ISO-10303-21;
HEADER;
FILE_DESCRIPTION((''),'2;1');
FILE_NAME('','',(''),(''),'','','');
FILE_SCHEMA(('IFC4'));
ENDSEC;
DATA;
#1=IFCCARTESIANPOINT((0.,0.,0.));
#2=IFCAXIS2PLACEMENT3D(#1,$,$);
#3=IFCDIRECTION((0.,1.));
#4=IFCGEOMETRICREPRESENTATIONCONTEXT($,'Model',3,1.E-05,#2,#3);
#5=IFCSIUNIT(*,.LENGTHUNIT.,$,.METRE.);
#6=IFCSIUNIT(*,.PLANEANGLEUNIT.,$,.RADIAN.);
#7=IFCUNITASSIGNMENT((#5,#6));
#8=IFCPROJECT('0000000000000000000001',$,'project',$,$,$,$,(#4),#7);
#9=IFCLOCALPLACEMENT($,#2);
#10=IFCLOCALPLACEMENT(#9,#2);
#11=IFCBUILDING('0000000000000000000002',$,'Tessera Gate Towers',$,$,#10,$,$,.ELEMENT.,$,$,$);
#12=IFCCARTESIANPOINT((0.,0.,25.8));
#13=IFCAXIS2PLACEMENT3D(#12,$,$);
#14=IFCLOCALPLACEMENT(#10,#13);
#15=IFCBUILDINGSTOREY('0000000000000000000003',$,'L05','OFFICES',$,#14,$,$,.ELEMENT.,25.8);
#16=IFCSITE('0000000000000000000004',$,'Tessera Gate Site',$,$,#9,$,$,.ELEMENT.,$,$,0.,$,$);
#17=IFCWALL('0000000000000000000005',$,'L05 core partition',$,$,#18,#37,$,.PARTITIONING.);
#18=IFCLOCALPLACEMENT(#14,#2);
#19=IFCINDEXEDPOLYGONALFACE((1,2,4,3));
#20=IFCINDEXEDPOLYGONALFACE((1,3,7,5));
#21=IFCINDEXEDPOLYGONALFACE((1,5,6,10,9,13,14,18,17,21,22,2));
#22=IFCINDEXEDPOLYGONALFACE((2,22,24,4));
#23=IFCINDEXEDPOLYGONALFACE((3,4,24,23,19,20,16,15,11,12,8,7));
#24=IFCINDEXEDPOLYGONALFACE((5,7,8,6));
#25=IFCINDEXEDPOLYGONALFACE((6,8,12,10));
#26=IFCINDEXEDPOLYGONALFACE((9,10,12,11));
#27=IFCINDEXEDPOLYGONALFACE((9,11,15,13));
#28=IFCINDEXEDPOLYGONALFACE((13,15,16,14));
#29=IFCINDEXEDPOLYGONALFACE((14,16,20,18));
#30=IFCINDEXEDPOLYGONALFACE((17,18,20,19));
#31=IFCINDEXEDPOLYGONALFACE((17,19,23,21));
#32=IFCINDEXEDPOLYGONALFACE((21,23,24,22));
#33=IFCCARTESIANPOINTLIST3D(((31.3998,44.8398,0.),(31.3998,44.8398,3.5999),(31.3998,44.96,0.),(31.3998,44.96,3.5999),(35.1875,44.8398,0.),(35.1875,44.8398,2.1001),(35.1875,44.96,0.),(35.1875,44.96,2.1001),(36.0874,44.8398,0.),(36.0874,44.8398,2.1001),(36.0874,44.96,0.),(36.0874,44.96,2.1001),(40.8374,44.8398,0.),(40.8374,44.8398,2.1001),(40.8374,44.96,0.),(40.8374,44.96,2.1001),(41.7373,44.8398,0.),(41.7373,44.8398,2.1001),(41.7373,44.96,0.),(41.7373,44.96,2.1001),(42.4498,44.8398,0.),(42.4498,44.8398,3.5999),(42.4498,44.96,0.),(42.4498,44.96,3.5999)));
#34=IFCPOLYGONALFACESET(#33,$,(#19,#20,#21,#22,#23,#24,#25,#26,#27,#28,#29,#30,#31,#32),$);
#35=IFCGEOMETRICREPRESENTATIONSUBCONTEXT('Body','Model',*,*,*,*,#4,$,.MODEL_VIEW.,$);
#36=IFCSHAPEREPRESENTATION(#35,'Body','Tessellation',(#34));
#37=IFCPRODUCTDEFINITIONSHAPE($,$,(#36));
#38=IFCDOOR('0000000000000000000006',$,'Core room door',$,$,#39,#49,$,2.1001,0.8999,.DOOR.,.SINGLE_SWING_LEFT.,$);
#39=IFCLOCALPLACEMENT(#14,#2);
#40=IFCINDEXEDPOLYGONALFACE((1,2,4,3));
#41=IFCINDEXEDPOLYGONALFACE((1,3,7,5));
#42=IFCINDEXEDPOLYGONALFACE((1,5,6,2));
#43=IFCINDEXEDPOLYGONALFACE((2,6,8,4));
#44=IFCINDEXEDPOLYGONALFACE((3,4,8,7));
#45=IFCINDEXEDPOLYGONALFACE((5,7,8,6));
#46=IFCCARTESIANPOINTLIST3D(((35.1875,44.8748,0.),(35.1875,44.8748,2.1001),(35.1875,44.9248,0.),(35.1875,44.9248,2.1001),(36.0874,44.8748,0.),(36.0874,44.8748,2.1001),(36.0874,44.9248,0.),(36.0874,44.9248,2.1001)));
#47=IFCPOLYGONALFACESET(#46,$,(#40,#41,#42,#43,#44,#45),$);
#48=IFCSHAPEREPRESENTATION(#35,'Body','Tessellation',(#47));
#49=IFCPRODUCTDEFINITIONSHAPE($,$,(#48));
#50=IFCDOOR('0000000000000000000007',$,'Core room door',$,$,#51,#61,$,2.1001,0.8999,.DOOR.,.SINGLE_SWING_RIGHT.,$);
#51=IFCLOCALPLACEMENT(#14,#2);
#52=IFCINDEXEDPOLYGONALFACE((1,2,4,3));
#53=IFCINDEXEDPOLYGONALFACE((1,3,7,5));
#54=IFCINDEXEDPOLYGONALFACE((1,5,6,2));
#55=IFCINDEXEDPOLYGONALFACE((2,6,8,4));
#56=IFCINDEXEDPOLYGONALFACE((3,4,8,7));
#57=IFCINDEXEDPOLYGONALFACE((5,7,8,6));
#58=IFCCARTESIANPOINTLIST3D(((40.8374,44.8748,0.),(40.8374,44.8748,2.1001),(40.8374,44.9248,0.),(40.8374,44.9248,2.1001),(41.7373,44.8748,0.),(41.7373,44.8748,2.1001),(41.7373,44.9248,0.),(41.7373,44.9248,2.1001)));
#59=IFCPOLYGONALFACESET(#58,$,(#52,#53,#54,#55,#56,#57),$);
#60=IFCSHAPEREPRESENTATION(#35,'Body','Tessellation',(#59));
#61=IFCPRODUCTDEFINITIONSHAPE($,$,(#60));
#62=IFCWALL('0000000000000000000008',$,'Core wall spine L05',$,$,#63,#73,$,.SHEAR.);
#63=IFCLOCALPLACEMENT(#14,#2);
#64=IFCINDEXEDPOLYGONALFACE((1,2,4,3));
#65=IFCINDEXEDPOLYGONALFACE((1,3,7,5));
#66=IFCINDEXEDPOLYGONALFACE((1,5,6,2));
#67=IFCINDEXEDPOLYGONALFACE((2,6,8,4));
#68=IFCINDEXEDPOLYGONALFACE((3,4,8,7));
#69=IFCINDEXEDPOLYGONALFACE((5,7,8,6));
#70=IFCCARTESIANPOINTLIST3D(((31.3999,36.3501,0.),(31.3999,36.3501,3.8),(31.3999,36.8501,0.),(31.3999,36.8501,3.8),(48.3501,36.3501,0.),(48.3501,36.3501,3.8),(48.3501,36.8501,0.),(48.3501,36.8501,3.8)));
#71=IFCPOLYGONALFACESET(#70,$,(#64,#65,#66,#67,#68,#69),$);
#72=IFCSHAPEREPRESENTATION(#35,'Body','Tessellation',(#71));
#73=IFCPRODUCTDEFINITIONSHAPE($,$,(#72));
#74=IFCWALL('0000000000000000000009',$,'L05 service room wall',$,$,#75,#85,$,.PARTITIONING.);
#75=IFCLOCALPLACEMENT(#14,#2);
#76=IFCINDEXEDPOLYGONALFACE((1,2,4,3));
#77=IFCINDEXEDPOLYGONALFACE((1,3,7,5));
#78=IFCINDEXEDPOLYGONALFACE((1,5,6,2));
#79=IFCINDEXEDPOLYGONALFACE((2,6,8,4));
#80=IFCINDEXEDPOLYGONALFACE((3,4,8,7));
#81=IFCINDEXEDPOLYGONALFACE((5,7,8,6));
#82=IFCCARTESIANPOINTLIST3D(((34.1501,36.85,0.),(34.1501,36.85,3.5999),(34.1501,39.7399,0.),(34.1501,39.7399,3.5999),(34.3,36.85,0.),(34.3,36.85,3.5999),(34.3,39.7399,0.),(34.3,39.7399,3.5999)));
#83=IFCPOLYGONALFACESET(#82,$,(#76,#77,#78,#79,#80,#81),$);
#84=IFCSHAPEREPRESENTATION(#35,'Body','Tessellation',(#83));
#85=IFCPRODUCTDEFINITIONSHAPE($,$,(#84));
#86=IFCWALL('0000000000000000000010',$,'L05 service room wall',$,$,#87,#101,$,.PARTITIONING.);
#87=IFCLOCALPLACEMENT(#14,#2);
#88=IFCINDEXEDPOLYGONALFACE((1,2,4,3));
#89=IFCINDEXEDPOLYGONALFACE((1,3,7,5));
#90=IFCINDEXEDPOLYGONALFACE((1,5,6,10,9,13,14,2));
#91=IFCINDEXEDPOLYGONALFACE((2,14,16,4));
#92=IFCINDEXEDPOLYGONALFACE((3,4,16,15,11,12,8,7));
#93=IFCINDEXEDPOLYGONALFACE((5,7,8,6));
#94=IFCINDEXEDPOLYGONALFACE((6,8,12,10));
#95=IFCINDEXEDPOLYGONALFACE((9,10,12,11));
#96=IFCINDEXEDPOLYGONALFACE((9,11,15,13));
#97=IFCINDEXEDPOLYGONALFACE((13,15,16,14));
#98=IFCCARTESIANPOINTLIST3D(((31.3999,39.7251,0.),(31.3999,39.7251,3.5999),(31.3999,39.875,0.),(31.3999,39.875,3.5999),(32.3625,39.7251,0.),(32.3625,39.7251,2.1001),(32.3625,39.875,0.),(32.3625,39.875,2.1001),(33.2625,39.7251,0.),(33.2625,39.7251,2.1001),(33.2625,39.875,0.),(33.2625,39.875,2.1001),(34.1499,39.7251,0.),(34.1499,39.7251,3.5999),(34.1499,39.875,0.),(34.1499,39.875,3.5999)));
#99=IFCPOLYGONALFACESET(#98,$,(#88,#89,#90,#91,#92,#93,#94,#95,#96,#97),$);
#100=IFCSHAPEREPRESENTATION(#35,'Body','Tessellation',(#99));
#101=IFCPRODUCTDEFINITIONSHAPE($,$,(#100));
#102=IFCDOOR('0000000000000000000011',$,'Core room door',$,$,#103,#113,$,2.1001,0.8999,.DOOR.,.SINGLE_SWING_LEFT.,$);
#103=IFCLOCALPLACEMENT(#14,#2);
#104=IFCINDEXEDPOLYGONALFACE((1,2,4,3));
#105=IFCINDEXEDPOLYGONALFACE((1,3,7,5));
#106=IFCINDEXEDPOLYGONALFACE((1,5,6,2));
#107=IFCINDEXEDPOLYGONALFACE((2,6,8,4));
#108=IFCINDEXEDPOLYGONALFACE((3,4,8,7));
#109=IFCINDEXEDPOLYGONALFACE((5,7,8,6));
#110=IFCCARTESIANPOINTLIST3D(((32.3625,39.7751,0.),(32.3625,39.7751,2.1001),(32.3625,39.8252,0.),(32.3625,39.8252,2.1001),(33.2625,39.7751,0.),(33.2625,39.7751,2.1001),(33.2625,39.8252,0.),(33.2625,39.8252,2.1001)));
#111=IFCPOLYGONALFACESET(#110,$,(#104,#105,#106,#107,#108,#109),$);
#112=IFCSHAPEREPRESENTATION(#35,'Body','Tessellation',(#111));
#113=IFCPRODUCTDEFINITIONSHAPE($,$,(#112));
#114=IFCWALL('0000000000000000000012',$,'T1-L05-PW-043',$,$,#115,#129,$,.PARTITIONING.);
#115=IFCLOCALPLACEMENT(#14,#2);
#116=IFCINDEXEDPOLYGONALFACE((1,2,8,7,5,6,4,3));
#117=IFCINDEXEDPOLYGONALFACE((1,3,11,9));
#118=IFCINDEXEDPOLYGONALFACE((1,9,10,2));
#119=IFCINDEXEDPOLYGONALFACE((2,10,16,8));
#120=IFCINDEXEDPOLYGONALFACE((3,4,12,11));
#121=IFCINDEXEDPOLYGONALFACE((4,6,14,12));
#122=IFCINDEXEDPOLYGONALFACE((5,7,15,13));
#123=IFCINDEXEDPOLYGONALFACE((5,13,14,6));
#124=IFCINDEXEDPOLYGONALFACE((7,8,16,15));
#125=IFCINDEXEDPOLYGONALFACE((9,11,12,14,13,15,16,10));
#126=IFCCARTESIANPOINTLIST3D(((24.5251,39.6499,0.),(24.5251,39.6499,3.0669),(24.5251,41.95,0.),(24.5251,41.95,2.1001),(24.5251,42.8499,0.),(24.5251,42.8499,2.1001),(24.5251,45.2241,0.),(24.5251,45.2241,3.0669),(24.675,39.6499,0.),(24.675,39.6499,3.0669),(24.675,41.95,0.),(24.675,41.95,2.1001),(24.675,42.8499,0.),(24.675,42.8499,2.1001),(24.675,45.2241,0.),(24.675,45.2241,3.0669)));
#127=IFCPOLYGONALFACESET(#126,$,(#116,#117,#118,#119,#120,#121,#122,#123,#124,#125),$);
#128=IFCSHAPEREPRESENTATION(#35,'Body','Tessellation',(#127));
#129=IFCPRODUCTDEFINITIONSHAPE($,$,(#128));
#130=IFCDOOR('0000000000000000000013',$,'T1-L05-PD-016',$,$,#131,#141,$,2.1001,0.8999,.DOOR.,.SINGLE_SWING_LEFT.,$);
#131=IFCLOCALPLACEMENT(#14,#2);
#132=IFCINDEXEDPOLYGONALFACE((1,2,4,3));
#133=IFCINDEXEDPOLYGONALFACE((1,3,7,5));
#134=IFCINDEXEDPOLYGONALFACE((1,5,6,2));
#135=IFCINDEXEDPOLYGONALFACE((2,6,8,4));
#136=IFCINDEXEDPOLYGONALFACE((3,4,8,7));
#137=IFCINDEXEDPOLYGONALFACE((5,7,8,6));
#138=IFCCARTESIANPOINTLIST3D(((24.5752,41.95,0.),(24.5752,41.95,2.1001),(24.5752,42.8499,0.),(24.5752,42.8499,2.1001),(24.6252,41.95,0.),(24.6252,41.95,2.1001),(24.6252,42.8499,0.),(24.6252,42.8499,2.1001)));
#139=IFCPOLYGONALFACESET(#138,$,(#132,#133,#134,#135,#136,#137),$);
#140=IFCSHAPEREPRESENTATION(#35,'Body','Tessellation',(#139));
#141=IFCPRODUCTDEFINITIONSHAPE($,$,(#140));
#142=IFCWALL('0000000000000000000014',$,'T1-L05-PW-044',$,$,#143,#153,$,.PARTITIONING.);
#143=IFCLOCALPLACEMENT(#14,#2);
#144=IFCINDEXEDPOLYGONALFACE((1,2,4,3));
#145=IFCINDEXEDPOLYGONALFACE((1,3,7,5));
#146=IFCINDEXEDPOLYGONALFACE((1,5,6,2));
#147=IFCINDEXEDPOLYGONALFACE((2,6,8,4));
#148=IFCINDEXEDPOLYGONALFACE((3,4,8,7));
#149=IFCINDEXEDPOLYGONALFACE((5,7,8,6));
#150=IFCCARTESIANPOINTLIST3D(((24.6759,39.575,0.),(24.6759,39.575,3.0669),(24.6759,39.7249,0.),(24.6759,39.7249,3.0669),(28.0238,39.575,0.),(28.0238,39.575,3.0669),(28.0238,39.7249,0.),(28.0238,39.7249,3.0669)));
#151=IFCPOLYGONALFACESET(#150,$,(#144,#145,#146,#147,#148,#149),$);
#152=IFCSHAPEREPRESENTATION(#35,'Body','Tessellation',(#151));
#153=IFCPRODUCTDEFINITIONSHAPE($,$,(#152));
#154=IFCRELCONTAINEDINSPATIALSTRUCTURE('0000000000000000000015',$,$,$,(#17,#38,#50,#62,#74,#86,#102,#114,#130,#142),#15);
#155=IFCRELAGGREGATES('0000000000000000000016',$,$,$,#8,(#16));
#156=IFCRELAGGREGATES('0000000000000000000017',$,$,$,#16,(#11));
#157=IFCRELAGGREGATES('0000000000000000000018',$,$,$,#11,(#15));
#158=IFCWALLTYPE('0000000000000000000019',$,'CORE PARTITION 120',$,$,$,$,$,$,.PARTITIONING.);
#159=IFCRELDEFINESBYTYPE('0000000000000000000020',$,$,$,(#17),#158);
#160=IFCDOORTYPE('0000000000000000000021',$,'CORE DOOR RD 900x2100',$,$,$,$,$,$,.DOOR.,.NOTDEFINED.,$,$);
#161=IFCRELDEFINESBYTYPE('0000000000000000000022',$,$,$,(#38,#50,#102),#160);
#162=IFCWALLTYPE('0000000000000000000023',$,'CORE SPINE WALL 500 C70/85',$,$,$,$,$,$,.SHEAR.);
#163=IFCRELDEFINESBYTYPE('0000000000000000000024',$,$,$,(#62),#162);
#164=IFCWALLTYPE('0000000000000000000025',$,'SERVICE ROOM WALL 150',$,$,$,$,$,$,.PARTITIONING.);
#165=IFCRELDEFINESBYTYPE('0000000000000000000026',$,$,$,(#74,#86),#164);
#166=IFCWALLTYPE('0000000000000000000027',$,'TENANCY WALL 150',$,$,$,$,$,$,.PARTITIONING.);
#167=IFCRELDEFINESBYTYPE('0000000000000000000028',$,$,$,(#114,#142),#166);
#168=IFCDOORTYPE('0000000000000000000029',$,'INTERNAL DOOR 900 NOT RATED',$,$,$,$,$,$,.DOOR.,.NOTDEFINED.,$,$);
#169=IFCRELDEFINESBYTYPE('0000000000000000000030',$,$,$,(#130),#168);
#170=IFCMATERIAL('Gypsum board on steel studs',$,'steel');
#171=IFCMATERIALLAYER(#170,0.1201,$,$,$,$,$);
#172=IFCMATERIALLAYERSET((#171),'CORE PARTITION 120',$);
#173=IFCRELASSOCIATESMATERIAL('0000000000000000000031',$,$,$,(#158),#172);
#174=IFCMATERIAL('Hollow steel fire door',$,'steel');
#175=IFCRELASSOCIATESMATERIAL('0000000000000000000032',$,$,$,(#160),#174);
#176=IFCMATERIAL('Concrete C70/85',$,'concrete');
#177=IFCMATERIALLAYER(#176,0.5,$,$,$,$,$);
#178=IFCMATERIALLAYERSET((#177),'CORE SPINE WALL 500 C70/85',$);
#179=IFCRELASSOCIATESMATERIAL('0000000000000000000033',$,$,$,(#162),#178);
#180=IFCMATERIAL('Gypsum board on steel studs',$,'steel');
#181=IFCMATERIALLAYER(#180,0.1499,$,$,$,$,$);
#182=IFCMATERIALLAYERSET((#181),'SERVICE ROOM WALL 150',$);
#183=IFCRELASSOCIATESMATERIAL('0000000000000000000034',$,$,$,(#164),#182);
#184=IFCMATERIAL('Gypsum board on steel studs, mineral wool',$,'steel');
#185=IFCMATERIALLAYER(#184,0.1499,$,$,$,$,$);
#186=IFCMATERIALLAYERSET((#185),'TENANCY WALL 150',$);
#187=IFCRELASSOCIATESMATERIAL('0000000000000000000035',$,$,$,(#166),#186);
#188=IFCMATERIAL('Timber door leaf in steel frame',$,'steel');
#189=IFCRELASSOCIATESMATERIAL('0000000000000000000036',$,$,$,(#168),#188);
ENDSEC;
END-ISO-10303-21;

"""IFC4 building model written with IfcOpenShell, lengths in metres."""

from ifc_helpers import new_model, si_unit, direction, frame, frame_2d, origin, place, context, subcontext, project, spatial, rectangle, extrude, source, transform, mapped, material, layer, layer_set, type_object, element, fill, save


model = new_model("IFC4")

# Units and contexts
model_context = context("Model", 3, precision=1e-05, world=origin(), true_north=direction((0.0, 1.0)))
body_context = subcontext(model_context, "Body", "Model", "MODEL_VIEW")
ifc_project = project(units=[si_unit("LENGTHUNIT", "METRE"), si_unit("PLANEANGLEUNIT", "RADIAN")], contexts=[model_context])

# Site, building, storey
site_placement = place(None, origin())
site = spatial("IfcSite", under=ifc_project, at=site_placement, Name="Tessera Gate Site", CompositionType="ELEMENT", RefElevation=0.0)
building_placement = place(site_placement, origin())
building = spatial("IfcBuilding", under=site, at=building_placement, Name="Tessera Gate Towers", CompositionType="ELEMENT")
storey_placement = place(building_placement, frame((0.0, 0.0, 25.8)))
storey = spatial("IfcBuildingStorey", under=building, at=storey_placement, Name="L05", Description="OFFICES", CompositionType="ELEMENT", Elevation=25.8)

# Wall, openings, doors
ifc_material_1 = material(Name="Gypsum board on steel studs", Category="steel")
ifc_layer_1 = layer(ifc_material_1, 0.1201)
ifc_layer_set_1 = layer_set([ifc_layer_1], Name="CORE PARTITION 120")
wall_type_1 = type_object("IfcWallType", Name="CORE PARTITION 120", PredefinedType="PARTITIONING", material=ifc_layer_set_1)
wall_1_placement = place(storey_placement, frame((31.3999, 44.8999, 0.0), z_axis=(0.0, 0.0, 1.0), x_axis=(1.0, 0.0, 0.0)))
wall_1 = element("IfcWall", 1, at=wall_1_placement, inside=storey, type_object=wall_type_1, Name="L05 core partition", PredefinedType="PARTITIONING", context=body_context, shape_type="SweptSolid", body=[
    extrude(rectangle(XDim=11.05, YDim=0.1201, at=frame_2d((5.5249, 0.0))), origin(), (0.0, 0.0, 1.0), 3.5999),
])
shared_shape_1 = source(origin(), body_context, "Body", "SweptSolid", [
    extrude(rectangle(XDim=0.8999, YDim=2.1001, at=frame_2d((0.45, 1.05))), frame((0.0, 0.0701, 0.0), z_axis=(0.0, -1.0, 0.0), x_axis=(1.0, 0.0, 0.0)), (0.0, 0.0, 1.0), 0.1401),
])
opening_1_placement = place(wall_1_placement, frame((3.7876, 0.0, 0.0)))
opening_1 = element("IfcOpeningElement", 2, at=opening_1_placement, cuts=wall_1, PredefinedType="OPENING", context=body_context, shape_type="MappedRepresentation", body=[
    mapped(shared_shape_1, transform((0.0, 0.0, 0.0), scale=1.0)),
])
opening_2_placement = place(wall_1_placement, frame((9.4375, 0.0, 0.0)))
opening_2 = element("IfcOpeningElement", 3, at=opening_2_placement, cuts=wall_1, PredefinedType="OPENING", context=body_context, shape_type="MappedRepresentation", body=[
    mapped(shared_shape_1, transform((0.0, 0.0, 0.0), scale=1.0)),
])
ifc_material_2 = material(Name="Hollow steel fire door", Category="steel")
door_type_1 = type_object("IfcDoorType", Name="CORE DOOR RD 900x2100", OperationType="NOTDEFINED", PredefinedType="DOOR", material=ifc_material_2)
shared_shape_2 = source(origin(), body_context, "Body", "SweptSolid", [
    extrude(rectangle(XDim=0.8999, YDim=2.1001, at=frame_2d((0.45, 1.05))), frame((0.0, 0.0249, 0.0), z_axis=(0.0, -1.0, 0.0), x_axis=(1.0, 0.0, 0.0)), (0.0, 0.0, 1.0), 0.05),
])
door_1_placement = place(opening_1_placement, origin())
door_1 = element("IfcDoor", 4, at=door_1_placement, inside=storey, type_object=door_type_1, Name="Core room door", OperationType="SINGLE_SWING_LEFT", OverallHeight=2.1001, OverallWidth=0.8999, PredefinedType="DOOR", context=body_context, shape_type="MappedRepresentation", body=[
    mapped(shared_shape_2, transform((0.0, 0.0, 0.0), scale=1.0)),
])
fill(opening_1, door_1)
door_2_placement = place(opening_2_placement, origin())
door_2 = element("IfcDoor", 5, at=door_2_placement, inside=storey, type_object=door_type_1, Name="Core room door", OperationType="SINGLE_SWING_RIGHT", OverallHeight=2.1001, OverallWidth=0.8999, PredefinedType="DOOR", context=body_context, shape_type="MappedRepresentation", body=[
    mapped(shared_shape_2, transform((0.0, 0.0, 0.0), scale=1.0)),
])
fill(opening_2, door_2)

# Walls
ifc_material_3 = material(Name="Concrete C70/85", Category="concrete")
ifc_layer_2 = layer(ifc_material_3, 0.5)
ifc_layer_set_2 = layer_set([ifc_layer_2], Name="CORE SPINE WALL 500 C70/85")
wall_type_2 = type_object("IfcWallType", Name="CORE SPINE WALL 500 C70/85", PredefinedType="SHEAR", material=ifc_layer_set_2)
wall_2_placement = place(storey_placement, frame((31.3999, 36.6001, 0.0), z_axis=(0.0, 0.0, 1.0), x_axis=(1.0, 0.0, 0.0)))
element("IfcWall", 6, at=wall_2_placement, inside=storey, type_object=wall_type_2, Name="Core wall spine L05", PredefinedType="SHEAR", context=body_context, shape_type="SweptSolid", body=[
    extrude(rectangle(XDim=16.9502, YDim=0.5, at=frame_2d((8.4751, 0.0))), origin(), (0.0, 0.0, 1.0), 3.8),
])
ifc_material_4 = material(Name="Gypsum board on steel studs", Category="steel")
ifc_layer_3 = layer(ifc_material_4, 0.1499)
ifc_layer_set_3 = layer_set([ifc_layer_3], Name="SERVICE ROOM WALL 150")
wall_type_3 = type_object("IfcWallType", Name="SERVICE ROOM WALL 150", PredefinedType="PARTITIONING", material=ifc_layer_set_3)
wall_3_placement = place(storey_placement, frame((34.2251, 36.8501, 0.0), z_axis=(0.0, 0.0, 1.0), x_axis=(0.0, 1.0, 0.0)))
element("IfcWall", 7, at=wall_3_placement, inside=storey, type_object=wall_type_3, Name="L05 service room wall", PredefinedType="PARTITIONING", context=body_context, shape_type="SweptSolid", body=[
    extrude(rectangle(XDim=2.8899, YDim=0.1499, at=frame_2d((1.4448, 0.0))), origin(), (0.0, 0.0, 1.0), 3.5999),
])

# Walls, openings, doors
wall_4_placement = place(storey_placement, frame((34.1499, 39.8, 0.0), z_axis=(0.0, 0.0, 1.0), x_axis=(-1.0, 0.0, 0.0)))
wall_4 = element("IfcWall", 8, at=wall_4_placement, inside=storey, type_object=wall_type_3, Name="L05 service room wall", PredefinedType="PARTITIONING", context=body_context, shape_type="SweptSolid", body=[
    extrude(rectangle(XDim=2.75, YDim=0.1499, at=frame_2d((1.375, 0.0))), origin(), (0.0, 0.0, 1.0), 3.5999),
])
shared_shape_3 = source(origin(), body_context, "Body", "SweptSolid", [
    extrude(rectangle(XDim=0.8999, YDim=2.1001, at=frame_2d((0.45, 1.05))), frame((0.0, 0.085, 0.0), z_axis=(0.0, -1.0, 0.0), x_axis=(1.0, 0.0, 0.0)), (0.0, 0.0, 1.0), 0.1699),
])
opening_3_placement = place(wall_4_placement, frame((0.8875, 0.0, 0.0)))
opening_3 = element("IfcOpeningElement", 9, at=opening_3_placement, cuts=wall_4, PredefinedType="OPENING", context=body_context, shape_type="MappedRepresentation", body=[
    mapped(shared_shape_3, transform((0.0, 0.0, 0.0), scale=1.0)),
])
door_3_placement = place(opening_3_placement, origin())
door_3 = element("IfcDoor", 10, at=door_3_placement, inside=storey, type_object=door_type_1, Name="Core room door", OperationType="SINGLE_SWING_LEFT", OverallHeight=2.1001, OverallWidth=0.8999, PredefinedType="DOOR", context=body_context, shape_type="MappedRepresentation", body=[
    mapped(shared_shape_2, transform((0.0, 0.0, 0.0), scale=1.0)),
])
fill(opening_3, door_3)
ifc_material_5 = material(Name="Gypsum board on steel studs, mineral wool", Category="steel")
ifc_layer_4 = layer(ifc_material_5, 0.1499)
ifc_layer_set_4 = layer_set([ifc_layer_4], Name="TENANCY WALL 150")
wall_type_4 = type_object("IfcWallType", Name="TENANCY WALL 150", PredefinedType="PARTITIONING", material=ifc_layer_set_4)
wall_5_placement = place(storey_placement, frame((24.6001, 39.6499, 0.0), z_axis=(0.0, 0.0, 1.0), x_axis=(0.0, 1.0, 0.0)))
wall_5 = element("IfcWall", 11, at=wall_5_placement, inside=storey, type_object=wall_type_4, Name="T1-L05-PW-043", PredefinedType="PARTITIONING", context=body_context, shape_type="SweptSolid", body=[
    extrude(rectangle(XDim=5.5742, YDim=0.1499, at=frame_2d((2.7871, 0.0))), origin(), (0.0, 0.0, 1.0), 3.0669),
])
opening_4_placement = place(wall_5_placement, frame((2.3, 0.0, 0.0)))
opening_4 = element("IfcOpeningElement", 12, at=opening_4_placement, cuts=wall_5, PredefinedType="OPENING", context=body_context, shape_type="MappedRepresentation", body=[
    mapped(shared_shape_3, transform((0.0, 0.0, 0.0), scale=1.0)),
])
ifc_material_6 = material(Name="Timber door leaf in steel frame", Category="steel")
door_type_2 = type_object("IfcDoorType", Name="INTERNAL DOOR 900 NOT RATED", OperationType="NOTDEFINED", PredefinedType="DOOR", material=ifc_material_6)
door_4_placement = place(opening_4_placement, origin())
door_4 = element("IfcDoor", 13, at=door_4_placement, inside=storey, type_object=door_type_2, Name="T1-L05-PD-016", OperationType="SINGLE_SWING_LEFT", OverallHeight=2.1001, OverallWidth=0.8999, PredefinedType="DOOR", context=body_context, shape_type="MappedRepresentation", body=[
    mapped(shared_shape_2, transform((0.0, 0.0, 0.0), scale=1.0)),
])
fill(opening_4, door_4)

# Wall
wall_6_placement = place(storey_placement, frame((24.676, 39.6499, 0.0), z_axis=(0.0, 0.0, 1.0), x_axis=(1.0, 0.0, 0.0)))
element("IfcWall", 14, at=wall_6_placement, inside=storey, type_object=wall_type_4, Name="T1-L05-PW-044", PredefinedType="PARTITIONING", context=body_context, shape_type="SweptSolid", body=[
    extrude(rectangle(XDim=3.3479, YDim=0.1499, at=frame_2d((1.6738, 0.0))), origin(), (0.0, 0.0, 1.0), 3.0669),
])

save(model, "model.ifc")
